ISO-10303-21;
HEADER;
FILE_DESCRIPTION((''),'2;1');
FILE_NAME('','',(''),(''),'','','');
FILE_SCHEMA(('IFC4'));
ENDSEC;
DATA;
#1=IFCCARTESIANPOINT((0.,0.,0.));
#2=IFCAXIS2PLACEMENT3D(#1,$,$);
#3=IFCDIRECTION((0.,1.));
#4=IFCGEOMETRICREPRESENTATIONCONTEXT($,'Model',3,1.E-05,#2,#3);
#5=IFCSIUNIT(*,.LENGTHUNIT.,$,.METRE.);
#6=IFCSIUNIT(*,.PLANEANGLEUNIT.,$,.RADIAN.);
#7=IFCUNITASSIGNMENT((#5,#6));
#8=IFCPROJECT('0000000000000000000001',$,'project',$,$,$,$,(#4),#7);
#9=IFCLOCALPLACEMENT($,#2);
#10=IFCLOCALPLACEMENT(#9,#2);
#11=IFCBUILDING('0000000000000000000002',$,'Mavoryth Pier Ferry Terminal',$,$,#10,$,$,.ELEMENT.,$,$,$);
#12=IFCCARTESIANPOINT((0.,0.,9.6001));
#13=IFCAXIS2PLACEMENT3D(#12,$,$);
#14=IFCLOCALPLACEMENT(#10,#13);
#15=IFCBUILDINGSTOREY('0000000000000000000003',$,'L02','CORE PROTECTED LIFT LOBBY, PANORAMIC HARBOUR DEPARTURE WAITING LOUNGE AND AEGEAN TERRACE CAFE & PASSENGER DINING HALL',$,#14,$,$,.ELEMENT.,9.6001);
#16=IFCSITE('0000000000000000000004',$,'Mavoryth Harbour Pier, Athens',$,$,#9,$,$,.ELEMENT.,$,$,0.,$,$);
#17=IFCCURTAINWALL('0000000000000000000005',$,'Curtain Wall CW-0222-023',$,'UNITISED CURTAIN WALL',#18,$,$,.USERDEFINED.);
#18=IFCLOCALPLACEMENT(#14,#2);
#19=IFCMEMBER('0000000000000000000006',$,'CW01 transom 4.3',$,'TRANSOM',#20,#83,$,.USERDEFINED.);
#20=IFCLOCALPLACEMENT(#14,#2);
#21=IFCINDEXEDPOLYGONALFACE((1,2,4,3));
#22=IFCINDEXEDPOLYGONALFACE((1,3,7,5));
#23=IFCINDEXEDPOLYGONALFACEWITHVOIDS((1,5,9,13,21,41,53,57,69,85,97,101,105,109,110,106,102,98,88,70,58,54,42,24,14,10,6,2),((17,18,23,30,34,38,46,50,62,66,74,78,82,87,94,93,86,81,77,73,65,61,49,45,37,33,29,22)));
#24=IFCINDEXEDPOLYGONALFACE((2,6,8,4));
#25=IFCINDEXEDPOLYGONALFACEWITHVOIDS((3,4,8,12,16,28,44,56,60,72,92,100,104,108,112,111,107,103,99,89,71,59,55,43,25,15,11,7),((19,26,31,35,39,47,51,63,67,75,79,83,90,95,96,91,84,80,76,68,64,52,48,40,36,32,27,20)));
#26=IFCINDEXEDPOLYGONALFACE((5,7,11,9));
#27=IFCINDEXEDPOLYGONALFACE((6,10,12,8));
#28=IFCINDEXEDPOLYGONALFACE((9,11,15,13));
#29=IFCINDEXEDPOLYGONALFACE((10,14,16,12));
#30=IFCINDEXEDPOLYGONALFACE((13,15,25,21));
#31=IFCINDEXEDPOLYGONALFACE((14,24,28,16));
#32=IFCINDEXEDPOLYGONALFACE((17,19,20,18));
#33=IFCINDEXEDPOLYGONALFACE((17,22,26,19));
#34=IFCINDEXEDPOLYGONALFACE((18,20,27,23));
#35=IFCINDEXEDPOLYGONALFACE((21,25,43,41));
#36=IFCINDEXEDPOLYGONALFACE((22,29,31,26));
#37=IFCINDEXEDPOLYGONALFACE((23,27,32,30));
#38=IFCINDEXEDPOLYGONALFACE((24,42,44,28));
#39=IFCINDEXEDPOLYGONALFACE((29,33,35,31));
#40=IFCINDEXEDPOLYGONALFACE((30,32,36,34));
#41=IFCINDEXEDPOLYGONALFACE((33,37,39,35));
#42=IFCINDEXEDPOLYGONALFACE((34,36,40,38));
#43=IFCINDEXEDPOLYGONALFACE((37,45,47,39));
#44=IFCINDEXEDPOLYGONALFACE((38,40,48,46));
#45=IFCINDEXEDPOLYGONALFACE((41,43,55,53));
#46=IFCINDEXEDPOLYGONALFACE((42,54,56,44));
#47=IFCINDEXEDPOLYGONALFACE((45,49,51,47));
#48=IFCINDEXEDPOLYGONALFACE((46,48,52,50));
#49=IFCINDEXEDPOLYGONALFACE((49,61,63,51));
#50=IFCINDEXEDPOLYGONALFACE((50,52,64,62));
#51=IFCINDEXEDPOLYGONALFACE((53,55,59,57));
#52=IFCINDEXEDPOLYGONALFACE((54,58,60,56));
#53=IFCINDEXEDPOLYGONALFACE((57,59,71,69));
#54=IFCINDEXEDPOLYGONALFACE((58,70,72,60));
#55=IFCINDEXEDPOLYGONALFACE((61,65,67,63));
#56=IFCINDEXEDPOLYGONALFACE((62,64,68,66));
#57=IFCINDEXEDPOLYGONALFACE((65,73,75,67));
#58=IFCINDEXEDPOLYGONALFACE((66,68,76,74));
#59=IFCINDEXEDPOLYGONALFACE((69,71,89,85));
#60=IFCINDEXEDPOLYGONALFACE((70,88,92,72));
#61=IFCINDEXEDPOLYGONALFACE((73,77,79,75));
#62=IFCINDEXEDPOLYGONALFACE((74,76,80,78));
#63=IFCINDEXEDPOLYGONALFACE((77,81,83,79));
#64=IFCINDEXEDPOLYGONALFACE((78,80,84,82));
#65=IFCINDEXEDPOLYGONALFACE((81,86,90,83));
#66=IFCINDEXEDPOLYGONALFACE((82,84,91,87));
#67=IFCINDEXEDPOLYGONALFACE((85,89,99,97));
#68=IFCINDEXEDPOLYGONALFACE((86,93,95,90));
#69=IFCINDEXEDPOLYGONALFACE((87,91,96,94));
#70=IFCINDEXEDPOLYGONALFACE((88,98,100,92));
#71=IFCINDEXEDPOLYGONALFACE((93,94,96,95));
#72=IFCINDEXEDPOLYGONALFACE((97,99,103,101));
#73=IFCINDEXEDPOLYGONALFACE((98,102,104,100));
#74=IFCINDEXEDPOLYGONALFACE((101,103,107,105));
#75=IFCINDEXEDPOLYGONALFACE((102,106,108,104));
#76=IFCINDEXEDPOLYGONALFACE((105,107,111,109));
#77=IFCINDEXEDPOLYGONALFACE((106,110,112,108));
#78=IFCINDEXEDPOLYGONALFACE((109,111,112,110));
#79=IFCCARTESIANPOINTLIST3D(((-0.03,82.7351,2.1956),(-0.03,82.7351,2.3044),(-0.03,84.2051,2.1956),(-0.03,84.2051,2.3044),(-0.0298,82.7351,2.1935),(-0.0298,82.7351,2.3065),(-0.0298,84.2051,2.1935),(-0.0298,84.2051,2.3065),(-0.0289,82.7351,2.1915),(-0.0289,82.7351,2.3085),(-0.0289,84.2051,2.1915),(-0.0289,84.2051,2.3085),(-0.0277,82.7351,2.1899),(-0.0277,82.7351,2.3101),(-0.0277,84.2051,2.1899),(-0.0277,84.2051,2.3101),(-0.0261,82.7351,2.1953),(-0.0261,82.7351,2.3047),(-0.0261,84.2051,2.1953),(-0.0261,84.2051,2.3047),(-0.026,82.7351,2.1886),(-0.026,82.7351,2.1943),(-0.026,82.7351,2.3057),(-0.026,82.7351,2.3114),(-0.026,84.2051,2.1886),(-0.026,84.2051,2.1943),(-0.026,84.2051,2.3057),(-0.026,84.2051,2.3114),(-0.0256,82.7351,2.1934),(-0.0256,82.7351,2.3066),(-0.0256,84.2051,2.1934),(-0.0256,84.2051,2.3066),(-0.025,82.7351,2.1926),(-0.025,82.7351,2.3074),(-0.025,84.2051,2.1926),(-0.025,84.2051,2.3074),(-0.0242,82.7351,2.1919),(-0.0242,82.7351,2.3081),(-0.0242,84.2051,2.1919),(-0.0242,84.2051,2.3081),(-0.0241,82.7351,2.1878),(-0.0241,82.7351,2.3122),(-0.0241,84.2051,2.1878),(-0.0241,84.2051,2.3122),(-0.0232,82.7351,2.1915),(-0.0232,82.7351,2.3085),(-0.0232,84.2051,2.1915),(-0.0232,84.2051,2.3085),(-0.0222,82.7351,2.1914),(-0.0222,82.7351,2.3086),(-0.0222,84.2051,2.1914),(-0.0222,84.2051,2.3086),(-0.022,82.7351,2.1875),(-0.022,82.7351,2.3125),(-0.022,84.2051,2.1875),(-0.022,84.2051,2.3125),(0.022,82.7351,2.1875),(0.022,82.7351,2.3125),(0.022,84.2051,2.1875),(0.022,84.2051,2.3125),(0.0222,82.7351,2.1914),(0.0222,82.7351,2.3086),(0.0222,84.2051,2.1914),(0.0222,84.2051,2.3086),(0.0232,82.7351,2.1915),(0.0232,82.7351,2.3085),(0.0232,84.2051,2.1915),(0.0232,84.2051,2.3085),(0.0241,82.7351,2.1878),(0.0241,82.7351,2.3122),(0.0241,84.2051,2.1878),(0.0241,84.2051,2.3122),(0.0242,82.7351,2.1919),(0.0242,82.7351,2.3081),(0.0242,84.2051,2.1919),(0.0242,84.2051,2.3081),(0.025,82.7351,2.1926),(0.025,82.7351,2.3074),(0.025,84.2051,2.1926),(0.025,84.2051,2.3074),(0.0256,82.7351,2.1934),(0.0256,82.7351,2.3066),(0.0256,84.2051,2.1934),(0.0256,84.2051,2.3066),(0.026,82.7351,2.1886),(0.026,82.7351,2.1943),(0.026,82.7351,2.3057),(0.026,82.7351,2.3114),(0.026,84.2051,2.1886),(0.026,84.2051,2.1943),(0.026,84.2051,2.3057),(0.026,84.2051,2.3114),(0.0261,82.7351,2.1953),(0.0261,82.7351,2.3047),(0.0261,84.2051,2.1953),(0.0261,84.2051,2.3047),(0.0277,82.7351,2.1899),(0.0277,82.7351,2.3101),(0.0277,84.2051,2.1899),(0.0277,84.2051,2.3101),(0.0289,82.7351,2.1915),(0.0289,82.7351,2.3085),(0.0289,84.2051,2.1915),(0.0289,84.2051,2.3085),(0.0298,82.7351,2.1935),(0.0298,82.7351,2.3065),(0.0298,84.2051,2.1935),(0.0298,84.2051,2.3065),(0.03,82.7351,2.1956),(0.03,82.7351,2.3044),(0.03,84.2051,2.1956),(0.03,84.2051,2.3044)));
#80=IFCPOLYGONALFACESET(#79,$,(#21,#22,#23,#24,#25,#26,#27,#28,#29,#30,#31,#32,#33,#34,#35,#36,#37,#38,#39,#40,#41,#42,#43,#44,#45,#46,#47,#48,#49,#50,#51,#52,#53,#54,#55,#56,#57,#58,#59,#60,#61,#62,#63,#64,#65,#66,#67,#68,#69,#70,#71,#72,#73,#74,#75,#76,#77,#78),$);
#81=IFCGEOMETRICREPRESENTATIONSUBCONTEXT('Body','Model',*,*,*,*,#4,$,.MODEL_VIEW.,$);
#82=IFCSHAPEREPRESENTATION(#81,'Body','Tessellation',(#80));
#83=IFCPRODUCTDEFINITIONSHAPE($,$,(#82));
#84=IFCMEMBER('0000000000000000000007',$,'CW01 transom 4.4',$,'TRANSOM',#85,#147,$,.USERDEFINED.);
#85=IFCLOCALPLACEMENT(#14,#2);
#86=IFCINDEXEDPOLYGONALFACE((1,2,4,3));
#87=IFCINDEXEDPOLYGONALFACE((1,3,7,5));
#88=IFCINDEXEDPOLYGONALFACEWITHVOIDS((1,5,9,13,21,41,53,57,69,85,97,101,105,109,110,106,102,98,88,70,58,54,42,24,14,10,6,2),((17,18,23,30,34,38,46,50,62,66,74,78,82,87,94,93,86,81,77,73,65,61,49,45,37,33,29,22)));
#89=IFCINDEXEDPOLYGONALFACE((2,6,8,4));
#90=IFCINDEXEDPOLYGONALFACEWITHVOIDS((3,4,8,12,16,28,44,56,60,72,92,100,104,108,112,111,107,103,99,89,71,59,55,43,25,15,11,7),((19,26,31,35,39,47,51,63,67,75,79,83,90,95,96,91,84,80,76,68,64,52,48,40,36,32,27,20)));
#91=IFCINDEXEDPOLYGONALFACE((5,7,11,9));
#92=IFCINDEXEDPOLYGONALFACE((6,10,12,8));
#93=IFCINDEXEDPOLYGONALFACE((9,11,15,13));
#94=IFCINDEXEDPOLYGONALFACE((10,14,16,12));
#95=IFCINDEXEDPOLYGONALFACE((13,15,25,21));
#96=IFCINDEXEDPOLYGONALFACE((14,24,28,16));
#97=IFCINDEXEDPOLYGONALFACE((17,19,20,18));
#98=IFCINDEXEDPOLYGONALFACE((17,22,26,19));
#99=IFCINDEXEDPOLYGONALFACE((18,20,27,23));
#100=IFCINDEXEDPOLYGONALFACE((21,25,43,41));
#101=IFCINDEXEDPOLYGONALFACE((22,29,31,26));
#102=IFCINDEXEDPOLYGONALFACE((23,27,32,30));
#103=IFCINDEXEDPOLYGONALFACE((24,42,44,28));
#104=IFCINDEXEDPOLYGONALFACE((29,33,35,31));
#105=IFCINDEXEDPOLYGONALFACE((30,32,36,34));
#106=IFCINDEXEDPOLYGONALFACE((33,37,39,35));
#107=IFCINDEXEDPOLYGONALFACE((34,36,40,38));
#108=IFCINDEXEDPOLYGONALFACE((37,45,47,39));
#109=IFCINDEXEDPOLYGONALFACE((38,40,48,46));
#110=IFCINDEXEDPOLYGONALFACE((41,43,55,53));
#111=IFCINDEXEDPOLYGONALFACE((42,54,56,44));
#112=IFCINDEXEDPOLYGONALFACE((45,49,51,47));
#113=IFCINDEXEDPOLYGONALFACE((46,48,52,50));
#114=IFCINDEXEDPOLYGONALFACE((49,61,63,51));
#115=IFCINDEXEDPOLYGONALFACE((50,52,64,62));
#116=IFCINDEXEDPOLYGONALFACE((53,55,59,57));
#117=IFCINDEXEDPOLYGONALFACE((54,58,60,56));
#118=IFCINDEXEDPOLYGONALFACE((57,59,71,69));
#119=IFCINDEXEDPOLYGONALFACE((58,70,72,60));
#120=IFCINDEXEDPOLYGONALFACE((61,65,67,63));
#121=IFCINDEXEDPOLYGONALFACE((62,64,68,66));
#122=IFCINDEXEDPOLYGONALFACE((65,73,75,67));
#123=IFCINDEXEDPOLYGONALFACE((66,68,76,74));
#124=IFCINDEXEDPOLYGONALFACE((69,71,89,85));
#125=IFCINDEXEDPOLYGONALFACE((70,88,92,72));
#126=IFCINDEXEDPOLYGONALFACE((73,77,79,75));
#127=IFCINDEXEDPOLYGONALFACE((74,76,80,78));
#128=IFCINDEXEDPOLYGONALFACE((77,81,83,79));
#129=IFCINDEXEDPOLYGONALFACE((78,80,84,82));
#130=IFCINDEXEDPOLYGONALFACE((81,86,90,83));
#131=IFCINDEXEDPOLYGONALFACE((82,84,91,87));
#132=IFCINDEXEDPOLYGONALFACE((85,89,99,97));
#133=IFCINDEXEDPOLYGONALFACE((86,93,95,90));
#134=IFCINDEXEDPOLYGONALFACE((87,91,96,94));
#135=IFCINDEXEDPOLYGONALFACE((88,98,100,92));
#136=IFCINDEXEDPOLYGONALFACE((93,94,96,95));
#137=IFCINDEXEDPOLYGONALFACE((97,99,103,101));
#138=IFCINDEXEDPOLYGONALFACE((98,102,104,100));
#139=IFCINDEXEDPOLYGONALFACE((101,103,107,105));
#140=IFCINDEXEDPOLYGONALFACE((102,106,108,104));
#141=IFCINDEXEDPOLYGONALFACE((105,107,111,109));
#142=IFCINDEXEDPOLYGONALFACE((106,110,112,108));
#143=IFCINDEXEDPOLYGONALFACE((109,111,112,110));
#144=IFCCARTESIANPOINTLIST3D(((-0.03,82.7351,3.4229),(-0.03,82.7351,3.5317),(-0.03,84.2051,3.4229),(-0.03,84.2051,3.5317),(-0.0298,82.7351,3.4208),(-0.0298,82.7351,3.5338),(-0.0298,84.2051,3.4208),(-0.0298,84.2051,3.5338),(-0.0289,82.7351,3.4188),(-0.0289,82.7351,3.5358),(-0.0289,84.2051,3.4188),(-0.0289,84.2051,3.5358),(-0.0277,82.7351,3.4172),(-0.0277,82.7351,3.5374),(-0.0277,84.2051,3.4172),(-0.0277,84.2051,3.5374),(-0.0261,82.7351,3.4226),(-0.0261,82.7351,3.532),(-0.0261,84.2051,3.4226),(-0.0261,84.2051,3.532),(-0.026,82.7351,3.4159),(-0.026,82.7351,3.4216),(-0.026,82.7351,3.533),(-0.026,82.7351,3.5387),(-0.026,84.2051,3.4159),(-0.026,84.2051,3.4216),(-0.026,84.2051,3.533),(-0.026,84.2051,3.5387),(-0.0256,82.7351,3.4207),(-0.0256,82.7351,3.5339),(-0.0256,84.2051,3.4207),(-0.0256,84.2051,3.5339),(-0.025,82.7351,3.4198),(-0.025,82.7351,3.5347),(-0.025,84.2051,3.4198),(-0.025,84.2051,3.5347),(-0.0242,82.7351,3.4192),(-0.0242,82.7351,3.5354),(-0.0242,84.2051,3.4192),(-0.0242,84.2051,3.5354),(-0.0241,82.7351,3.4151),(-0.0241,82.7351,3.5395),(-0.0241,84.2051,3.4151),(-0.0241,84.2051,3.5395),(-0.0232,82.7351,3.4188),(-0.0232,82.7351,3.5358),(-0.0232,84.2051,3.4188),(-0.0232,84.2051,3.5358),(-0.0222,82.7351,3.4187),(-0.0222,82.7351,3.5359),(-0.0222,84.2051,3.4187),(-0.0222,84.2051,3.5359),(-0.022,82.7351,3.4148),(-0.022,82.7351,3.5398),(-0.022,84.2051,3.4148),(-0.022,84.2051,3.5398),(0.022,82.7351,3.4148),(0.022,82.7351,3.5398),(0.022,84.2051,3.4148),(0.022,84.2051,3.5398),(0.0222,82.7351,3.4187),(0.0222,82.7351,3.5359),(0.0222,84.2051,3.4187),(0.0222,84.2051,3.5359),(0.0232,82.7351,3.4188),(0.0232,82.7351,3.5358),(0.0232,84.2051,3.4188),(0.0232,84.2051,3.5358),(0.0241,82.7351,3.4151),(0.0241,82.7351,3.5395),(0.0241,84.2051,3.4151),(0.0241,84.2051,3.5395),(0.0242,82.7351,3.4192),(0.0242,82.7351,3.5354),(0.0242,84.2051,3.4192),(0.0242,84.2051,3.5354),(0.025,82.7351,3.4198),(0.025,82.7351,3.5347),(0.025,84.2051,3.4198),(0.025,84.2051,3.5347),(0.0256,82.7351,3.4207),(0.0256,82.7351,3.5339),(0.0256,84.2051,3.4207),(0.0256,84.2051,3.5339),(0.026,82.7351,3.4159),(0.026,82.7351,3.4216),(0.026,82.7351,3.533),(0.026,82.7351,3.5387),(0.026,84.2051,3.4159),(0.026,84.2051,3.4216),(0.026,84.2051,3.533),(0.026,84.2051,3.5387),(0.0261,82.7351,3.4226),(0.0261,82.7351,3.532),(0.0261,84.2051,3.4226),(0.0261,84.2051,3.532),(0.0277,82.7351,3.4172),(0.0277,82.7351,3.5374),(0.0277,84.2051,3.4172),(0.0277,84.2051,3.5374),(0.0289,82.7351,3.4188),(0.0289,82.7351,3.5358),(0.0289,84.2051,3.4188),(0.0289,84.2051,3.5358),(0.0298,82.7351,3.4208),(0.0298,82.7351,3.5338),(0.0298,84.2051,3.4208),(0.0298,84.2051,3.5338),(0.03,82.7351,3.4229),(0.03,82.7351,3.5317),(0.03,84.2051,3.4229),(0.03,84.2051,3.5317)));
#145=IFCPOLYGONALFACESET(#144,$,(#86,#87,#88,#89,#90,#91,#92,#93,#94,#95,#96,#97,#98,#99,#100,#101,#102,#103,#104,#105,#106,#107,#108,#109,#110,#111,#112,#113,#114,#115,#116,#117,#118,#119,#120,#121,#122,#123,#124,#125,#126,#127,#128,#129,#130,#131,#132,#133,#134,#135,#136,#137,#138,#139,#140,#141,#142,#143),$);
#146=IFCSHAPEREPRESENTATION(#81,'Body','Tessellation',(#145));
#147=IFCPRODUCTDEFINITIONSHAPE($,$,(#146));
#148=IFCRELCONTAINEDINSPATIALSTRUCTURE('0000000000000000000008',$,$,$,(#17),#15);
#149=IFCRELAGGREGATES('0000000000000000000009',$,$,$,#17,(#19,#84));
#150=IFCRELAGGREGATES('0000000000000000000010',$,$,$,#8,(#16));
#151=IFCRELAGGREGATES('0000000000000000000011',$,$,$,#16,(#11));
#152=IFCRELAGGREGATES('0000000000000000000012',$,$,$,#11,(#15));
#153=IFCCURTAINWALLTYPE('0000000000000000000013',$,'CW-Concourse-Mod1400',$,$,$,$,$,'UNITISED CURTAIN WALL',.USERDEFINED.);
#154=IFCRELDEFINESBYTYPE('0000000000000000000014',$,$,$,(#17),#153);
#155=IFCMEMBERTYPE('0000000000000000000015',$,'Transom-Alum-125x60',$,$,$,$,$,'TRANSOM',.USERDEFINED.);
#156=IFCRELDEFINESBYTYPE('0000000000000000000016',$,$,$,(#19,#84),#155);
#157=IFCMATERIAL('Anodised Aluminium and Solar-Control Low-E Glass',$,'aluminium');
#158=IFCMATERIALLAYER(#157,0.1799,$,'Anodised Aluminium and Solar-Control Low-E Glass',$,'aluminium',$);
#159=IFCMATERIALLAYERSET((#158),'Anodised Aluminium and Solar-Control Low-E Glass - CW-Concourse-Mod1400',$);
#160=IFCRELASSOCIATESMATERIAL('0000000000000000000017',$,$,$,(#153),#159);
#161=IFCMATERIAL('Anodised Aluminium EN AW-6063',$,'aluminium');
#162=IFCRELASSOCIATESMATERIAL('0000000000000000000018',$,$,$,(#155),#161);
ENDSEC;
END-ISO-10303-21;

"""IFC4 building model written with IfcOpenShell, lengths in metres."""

from ifc_helpers import new_model, si_unit, direction, frame, origin, origin_2d, place, context, subcontext, project, spatial, hollow_rectangle, extrude, material, layer, layer_set, material_profile, profile_set, type_object, element, aggregate, save


model = new_model("IFC4")

# Units and contexts
model_context = context("Model", 3, precision=1e-05, world=origin(), true_north=direction((0.0, 1.0)))
body_context = subcontext(model_context, "Body", "Model", "MODEL_VIEW")
ifc_project = project(units=[si_unit("LENGTHUNIT", "METRE"), si_unit("PLANEANGLEUNIT", "RADIAN")], contexts=[model_context])

# Site, building, storey
site_placement = place(None, origin())
site = spatial("IfcSite", under=ifc_project, at=site_placement, Name="Mavoryth Harbour Pier, Athens", CompositionType="ELEMENT", RefElevation=0.0)
building_placement = place(site_placement, origin())
building = spatial("IfcBuilding", under=site, at=building_placement, Name="Mavoryth Pier Ferry Terminal", CompositionType="ELEMENT")
storey_placement = place(building_placement, frame((0.0, 0.0, 9.6001)))
storey = spatial("IfcBuildingStorey", under=building, at=storey_placement, Name="L02", Description="CORE PROTECTED LIFT LOBBY, PANORAMIC HARBOUR DEPARTURE WAITING LOUNGE AND AEGEAN TERRACE CAFE & PASSENGER DINING HALL", CompositionType="ELEMENT", Elevation=9.6001)

# Curtain wall
ifc_material_1 = material(Name="Anodised Aluminium and Solar-Control Low-E Glass", Category="aluminium")
ifc_layer_1 = layer(ifc_material_1, 0.1799, Name="Anodised Aluminium and Solar-Control Low-E Glass", Category="aluminium")
ifc_layer_set_1 = layer_set([ifc_layer_1], Name="Anodised Aluminium and Solar-Control Low-E Glass - CW-Concourse-Mod1400")
curtain_wall_type = type_object("IfcCurtainWallType", Name="CW-Concourse-Mod1400", ElementType="UNITISED CURTAIN WALL", PredefinedType="USERDEFINED", material=ifc_layer_set_1)
curtain_wall_placement = place(storey_placement, origin())
curtain_wall = element("IfcCurtainWall", 1, at=curtain_wall_placement, inside=storey, type_object=curtain_wall_type, Name="Curtain Wall CW-0222-023", ObjectType="UNITISED CURTAIN WALL", PredefinedType="USERDEFINED")
ifc_material_2 = material(Name="Anodised Aluminium EN AW-6063", Category="aluminium")

# Members
ifc_material_profile_1 = material_profile(ifc_material_2, hollow_rectangle(XDim=0.0601, YDim=0.125, WallThickness=0.0039, InnerFilletRadius=0.0039, OuterFilletRadius=0.0081, at=origin_2d()), Name="AL-TRAN 125x60x4", Category="aluminium")
ifc_profile_set_1 = profile_set([ifc_material_profile_1], Name="Anodised Aluminium EN AW-6063 - AL-TRAN 125x60x4")
member_type_1 = type_object("IfcMemberType", Name="Transom-Alum-125x60", ElementType="TRANSOM", PredefinedType="USERDEFINED", material=ifc_profile_set_1)
member_1_placement = place(storey_placement, frame((0.0, 84.2051, 2.25), z_axis=(0.0, -1.0, 0.0), x_axis=(1.0, 0.0, 0.0)))
member_1 = element("IfcMember", 2, at=member_1_placement, type_object=member_type_1, Name="CW01 transom 4.3", ObjectType="TRANSOM", PredefinedType="USERDEFINED", context=body_context, shape_type="SweptSolid", body=[
    extrude(hollow_rectangle(XDim=0.0601, YDim=0.125, WallThickness=0.0039, InnerFilletRadius=0.0039, OuterFilletRadius=0.0081, at=origin_2d()), origin(), (0.0, 0.0, 1.0), 1.47),
])
member_2_placement = place(storey_placement, frame((0.0, 84.2051, 3.4773), z_axis=(0.0, -1.0, 0.0), x_axis=(1.0, 0.0, 0.0)))
member_2 = element("IfcMember", 3, at=member_2_placement, type_object=member_type_1, Name="CW01 transom 4.4", ObjectType="TRANSOM", PredefinedType="USERDEFINED", context=body_context, shape_type="SweptSolid", body=[
    extrude(hollow_rectangle(XDim=0.0601, YDim=0.125, WallThickness=0.0039, InnerFilletRadius=0.0039, OuterFilletRadius=0.0081, at=origin_2d()), origin(), (0.0, 0.0, 1.0), 1.47),
])

aggregate(curtain_wall, [member_1, member_2])

save(model, "model.ifc")
